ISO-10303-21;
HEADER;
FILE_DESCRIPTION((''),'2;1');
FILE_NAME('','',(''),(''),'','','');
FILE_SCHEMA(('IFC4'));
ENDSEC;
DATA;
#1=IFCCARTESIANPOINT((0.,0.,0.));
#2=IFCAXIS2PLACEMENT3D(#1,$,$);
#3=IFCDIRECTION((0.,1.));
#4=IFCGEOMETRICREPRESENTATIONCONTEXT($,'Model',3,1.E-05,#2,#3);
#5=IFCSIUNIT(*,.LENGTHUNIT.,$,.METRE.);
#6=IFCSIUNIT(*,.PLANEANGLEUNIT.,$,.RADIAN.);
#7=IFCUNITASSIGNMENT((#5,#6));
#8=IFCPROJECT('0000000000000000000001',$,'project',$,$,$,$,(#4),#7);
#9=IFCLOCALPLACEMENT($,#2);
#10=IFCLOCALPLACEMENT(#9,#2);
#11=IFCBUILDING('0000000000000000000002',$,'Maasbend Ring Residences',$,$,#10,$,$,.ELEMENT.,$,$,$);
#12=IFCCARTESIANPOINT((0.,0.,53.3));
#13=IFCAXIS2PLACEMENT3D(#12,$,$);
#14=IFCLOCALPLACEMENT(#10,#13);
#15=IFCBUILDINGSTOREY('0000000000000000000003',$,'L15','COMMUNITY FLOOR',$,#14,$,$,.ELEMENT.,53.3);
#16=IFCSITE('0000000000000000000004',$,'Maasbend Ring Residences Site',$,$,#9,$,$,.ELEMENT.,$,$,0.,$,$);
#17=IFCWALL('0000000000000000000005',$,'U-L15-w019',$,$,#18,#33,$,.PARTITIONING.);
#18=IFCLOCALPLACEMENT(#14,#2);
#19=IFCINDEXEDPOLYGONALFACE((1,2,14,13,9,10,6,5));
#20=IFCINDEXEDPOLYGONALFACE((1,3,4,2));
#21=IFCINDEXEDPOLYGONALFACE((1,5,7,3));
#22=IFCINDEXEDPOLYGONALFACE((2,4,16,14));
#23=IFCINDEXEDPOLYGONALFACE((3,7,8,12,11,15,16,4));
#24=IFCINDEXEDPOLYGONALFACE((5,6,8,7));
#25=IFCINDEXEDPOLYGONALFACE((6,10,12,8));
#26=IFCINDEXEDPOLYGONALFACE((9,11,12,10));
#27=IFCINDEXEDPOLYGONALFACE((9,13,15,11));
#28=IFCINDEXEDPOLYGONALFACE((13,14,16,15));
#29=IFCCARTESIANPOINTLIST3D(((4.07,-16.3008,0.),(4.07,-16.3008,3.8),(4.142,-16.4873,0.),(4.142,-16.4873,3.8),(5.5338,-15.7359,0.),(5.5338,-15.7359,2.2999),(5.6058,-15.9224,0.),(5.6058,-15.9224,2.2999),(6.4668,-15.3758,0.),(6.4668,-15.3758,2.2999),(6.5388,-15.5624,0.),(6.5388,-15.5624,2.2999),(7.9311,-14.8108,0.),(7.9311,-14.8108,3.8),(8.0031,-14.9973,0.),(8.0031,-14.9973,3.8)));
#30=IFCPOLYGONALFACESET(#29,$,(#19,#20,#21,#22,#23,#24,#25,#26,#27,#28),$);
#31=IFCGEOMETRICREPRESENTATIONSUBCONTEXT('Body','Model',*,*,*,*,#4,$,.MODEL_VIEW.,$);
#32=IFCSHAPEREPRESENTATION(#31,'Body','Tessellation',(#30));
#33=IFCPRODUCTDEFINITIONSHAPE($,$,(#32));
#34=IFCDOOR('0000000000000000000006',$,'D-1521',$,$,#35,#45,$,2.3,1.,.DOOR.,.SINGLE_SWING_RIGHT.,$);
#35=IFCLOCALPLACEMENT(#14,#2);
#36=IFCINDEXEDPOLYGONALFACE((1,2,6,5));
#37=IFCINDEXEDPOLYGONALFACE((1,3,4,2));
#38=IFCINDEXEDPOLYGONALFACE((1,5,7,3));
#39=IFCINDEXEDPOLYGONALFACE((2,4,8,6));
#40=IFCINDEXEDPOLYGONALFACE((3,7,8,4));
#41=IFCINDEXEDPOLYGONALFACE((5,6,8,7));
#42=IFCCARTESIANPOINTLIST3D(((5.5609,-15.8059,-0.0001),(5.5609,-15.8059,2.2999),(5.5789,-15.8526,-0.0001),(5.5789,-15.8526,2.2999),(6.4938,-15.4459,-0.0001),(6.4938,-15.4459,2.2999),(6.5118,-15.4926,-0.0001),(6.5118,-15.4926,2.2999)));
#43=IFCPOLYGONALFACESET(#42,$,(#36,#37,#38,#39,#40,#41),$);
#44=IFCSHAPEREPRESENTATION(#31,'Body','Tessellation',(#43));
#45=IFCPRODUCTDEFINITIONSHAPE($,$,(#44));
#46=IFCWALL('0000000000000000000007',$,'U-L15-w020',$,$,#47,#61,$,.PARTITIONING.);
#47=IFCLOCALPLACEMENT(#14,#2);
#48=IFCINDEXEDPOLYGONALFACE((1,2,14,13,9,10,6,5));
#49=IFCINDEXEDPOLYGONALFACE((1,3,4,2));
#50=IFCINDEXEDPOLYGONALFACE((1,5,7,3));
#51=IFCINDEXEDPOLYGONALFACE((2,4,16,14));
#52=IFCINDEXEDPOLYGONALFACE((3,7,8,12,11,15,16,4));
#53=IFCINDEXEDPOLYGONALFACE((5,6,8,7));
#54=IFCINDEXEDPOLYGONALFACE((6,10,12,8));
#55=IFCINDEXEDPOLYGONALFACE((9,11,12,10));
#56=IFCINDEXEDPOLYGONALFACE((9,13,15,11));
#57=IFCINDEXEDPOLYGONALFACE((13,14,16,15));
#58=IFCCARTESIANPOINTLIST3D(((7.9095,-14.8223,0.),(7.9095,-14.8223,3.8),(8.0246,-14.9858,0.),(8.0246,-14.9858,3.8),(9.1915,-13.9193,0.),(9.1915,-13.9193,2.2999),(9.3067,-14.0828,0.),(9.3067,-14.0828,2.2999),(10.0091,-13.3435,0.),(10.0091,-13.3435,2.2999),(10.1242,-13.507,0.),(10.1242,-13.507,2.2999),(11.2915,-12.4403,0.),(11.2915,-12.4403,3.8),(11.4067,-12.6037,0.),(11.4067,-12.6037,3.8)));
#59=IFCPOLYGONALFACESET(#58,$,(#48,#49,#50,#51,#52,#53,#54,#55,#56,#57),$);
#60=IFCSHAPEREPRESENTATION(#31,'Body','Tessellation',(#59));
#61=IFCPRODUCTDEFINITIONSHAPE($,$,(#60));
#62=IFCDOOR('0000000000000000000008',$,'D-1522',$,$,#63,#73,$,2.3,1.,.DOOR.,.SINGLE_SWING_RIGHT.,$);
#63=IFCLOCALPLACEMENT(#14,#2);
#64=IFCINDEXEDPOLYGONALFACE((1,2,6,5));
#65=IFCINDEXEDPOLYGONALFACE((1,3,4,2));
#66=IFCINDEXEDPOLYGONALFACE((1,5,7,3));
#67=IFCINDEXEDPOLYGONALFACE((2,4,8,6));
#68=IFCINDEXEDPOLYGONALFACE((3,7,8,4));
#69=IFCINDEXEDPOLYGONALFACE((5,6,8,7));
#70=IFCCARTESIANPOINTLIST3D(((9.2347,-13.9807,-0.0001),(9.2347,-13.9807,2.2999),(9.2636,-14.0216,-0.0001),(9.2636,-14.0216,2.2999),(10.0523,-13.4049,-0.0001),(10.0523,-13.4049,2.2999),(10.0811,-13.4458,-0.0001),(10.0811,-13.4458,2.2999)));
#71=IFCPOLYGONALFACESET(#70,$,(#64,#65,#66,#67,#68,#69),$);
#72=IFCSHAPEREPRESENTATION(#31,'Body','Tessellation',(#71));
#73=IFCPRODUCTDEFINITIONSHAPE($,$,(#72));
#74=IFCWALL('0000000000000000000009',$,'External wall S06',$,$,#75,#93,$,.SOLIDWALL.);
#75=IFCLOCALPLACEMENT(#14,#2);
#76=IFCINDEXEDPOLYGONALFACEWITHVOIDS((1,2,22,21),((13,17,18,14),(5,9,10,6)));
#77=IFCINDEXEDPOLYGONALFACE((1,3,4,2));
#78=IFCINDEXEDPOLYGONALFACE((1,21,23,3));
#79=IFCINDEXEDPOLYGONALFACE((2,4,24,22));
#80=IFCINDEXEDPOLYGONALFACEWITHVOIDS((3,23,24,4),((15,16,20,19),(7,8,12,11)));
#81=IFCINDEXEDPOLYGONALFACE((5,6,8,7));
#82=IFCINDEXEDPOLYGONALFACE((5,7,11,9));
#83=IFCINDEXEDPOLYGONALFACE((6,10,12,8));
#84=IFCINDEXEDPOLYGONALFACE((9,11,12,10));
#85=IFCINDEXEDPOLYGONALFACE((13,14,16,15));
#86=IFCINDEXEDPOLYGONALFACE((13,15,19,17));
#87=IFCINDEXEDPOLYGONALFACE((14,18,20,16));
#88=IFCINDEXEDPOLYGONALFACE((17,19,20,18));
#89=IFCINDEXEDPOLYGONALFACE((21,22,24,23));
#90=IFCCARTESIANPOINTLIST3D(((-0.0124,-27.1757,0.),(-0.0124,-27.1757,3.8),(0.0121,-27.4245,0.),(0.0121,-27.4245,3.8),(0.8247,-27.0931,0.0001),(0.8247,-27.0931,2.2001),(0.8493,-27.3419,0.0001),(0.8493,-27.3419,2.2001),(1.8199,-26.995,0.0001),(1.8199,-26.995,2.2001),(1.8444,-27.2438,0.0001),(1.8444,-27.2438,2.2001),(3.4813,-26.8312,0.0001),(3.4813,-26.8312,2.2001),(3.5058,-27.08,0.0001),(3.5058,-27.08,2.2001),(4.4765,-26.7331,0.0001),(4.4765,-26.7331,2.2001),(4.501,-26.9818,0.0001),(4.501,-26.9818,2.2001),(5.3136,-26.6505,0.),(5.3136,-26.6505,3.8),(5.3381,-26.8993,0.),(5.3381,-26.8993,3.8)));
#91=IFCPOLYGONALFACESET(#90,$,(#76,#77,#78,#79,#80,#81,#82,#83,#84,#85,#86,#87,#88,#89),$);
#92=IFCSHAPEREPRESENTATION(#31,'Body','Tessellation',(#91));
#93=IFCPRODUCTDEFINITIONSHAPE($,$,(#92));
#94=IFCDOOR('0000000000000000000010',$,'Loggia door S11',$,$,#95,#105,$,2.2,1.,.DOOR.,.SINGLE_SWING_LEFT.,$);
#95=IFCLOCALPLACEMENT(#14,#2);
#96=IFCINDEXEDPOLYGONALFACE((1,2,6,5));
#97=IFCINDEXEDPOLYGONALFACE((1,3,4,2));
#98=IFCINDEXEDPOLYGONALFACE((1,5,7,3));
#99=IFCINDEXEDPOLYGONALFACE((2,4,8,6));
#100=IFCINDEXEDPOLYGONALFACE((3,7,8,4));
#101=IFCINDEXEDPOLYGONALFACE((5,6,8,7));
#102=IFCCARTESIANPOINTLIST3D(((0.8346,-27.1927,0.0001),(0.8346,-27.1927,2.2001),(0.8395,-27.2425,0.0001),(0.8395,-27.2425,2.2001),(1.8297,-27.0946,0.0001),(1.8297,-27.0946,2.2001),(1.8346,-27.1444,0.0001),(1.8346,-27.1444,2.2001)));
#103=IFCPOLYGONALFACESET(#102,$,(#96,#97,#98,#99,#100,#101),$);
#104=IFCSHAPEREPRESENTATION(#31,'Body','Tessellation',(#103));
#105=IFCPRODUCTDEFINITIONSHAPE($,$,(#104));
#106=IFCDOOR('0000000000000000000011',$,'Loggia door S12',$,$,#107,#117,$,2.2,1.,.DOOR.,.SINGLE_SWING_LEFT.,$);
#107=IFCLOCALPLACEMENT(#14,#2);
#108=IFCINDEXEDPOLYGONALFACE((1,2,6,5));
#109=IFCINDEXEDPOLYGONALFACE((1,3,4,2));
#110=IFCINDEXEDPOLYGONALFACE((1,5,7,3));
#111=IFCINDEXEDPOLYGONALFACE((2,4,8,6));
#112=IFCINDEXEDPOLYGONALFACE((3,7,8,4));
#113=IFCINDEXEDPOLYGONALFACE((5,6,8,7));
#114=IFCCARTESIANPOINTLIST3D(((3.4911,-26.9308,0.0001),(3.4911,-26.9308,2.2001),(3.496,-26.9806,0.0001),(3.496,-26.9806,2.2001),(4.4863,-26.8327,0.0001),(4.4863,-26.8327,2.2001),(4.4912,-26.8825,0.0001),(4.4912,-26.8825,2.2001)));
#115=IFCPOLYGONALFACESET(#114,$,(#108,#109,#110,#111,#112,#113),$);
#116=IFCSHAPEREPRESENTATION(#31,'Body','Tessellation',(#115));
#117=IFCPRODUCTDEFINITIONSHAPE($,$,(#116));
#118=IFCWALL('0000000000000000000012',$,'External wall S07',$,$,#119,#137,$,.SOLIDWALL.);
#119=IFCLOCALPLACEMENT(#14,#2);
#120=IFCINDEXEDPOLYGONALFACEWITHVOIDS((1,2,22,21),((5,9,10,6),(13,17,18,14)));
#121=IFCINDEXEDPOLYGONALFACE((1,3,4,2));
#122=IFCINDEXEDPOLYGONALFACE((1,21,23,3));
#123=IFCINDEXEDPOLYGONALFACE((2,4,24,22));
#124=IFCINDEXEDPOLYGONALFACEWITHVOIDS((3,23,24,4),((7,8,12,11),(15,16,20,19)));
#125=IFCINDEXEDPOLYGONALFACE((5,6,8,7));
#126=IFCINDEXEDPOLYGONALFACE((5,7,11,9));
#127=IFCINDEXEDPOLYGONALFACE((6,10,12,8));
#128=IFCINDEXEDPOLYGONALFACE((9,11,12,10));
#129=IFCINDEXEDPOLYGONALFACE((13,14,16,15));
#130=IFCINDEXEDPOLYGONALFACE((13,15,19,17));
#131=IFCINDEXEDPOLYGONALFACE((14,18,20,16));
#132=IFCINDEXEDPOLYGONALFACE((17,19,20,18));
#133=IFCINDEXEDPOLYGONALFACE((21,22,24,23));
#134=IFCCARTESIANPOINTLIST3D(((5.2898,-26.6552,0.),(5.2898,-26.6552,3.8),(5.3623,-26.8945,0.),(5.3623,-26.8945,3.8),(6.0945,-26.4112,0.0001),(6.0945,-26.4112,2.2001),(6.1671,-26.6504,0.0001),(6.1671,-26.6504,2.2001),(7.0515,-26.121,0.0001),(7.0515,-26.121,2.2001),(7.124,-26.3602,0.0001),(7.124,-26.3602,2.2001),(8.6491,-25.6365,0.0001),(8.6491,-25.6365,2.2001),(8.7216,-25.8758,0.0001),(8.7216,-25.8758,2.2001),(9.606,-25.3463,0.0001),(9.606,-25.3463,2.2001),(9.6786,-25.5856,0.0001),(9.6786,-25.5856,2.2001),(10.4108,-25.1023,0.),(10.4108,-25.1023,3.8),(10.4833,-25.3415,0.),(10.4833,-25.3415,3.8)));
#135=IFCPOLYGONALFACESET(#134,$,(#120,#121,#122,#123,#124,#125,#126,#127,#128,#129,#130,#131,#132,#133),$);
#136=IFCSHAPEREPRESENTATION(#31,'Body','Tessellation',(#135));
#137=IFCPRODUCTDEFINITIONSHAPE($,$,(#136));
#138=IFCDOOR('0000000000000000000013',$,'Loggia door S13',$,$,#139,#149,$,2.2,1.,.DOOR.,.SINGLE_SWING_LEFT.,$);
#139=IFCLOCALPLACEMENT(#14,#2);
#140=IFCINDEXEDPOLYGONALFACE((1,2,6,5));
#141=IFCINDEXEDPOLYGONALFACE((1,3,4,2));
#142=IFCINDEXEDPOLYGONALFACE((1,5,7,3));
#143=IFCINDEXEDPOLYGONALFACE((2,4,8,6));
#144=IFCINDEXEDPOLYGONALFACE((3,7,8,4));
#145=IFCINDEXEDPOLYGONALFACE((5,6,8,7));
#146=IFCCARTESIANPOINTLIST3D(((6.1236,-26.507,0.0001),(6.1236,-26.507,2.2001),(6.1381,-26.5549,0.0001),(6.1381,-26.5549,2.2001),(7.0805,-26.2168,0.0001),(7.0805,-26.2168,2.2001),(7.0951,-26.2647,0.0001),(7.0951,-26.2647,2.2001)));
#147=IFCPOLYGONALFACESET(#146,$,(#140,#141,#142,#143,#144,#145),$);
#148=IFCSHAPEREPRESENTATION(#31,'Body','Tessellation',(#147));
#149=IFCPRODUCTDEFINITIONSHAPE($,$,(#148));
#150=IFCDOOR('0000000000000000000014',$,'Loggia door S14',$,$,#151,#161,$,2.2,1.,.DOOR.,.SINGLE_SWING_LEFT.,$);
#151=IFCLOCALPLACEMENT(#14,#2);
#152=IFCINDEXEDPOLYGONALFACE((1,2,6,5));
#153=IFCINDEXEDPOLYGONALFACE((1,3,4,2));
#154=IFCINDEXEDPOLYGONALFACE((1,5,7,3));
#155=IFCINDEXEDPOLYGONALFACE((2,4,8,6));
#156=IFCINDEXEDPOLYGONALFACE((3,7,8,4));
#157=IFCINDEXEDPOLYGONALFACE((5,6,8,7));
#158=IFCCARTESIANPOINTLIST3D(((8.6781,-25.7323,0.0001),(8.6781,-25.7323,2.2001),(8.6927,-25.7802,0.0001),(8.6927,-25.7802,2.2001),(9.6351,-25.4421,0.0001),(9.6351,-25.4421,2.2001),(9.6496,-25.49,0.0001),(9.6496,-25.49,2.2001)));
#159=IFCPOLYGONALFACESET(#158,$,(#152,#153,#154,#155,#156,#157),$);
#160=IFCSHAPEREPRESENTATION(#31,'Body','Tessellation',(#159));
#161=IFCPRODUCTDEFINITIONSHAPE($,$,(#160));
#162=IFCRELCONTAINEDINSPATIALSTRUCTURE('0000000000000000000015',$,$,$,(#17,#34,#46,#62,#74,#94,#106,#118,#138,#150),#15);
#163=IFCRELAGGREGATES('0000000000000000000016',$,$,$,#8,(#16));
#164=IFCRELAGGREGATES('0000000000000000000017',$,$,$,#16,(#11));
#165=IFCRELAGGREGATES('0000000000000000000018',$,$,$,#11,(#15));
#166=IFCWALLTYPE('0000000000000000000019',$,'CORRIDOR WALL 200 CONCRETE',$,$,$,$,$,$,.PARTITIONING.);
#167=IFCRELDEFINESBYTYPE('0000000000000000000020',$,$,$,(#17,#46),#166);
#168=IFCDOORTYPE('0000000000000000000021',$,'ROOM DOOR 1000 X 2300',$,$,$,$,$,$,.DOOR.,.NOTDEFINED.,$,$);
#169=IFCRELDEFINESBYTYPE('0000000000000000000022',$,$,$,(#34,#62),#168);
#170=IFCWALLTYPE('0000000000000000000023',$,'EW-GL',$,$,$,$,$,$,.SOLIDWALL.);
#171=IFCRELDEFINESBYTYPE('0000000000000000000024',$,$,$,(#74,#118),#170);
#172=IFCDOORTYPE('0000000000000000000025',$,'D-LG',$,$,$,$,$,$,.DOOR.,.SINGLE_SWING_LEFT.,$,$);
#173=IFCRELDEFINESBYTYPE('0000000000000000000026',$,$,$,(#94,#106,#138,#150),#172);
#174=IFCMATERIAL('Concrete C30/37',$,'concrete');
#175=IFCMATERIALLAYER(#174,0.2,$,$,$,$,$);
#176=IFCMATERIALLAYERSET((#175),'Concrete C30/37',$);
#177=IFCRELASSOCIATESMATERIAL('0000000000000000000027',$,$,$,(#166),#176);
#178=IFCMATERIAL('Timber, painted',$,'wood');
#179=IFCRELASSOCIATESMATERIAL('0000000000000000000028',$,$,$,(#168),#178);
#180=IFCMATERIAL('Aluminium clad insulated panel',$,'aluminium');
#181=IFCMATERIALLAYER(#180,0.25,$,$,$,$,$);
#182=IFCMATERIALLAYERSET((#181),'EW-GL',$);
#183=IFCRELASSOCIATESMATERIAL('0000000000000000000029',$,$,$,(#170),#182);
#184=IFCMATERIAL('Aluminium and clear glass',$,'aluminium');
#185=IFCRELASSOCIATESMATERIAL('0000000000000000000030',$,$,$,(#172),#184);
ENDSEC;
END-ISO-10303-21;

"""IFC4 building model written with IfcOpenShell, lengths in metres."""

from ifc_helpers import new_model, si_unit, direction, frame, frame_2d, origin, place, context, subcontext, project, spatial, rectangle, extrude, material, layer, layer_set, type_object, element, fill, save


model = new_model("IFC4")

# Units and contexts
model_context = context("Model", 3, precision=1e-05, world=origin(), true_north=direction((0.0, 1.0)))
body_context = subcontext(model_context, "Body", "Model", "MODEL_VIEW")
ifc_project = project(units=[si_unit("LENGTHUNIT", "METRE"), si_unit("PLANEANGLEUNIT", "RADIAN")], contexts=[model_context])

# Site, building, storey
site_placement = place(None, origin())
site = spatial("IfcSite", under=ifc_project, at=site_placement, Name="Maasbend Ring Residences Site", CompositionType="ELEMENT", RefElevation=0.0)
building_placement = place(site_placement, origin())
building = spatial("IfcBuilding", under=site, at=building_placement, Name="Maasbend Ring Residences", CompositionType="ELEMENT")
storey_placement = place(building_placement, frame((0.0, 0.0, 53.3)))
storey = spatial("IfcBuildingStorey", under=building, at=storey_placement, Name="L15", Description="COMMUNITY FLOOR", CompositionType="ELEMENT", Elevation=53.3)

# Shared definitions
ifc_material_1 = material(Name="Concrete C30/37", Category="concrete")
ifc_layer_1 = layer(ifc_material_1, 0.2)
ifc_layer_set_1 = layer_set([ifc_layer_1], Name="Concrete C30/37")
wall_type_1 = type_object("IfcWallType", Name="CORRIDOR WALL 200 CONCRETE", PredefinedType="PARTITIONING", material=ifc_layer_set_1)

# Walls, openings, doors
wall_1_placement = place(storey_placement, frame((4.106, -16.394, 0.0), z_axis=(0.0, 0.0, 1.0), x_axis=(0.932944, 0.360022, 0.0)))
wall_1 = element("IfcWall", 1, at=wall_1_placement, inside=storey, type_object=wall_type_1, Name="U-L15-w019", PredefinedType="PARTITIONING", context=body_context, shape_type="SweptSolid", body=[
    extrude(rectangle(XDim=4.1387, YDim=0.2, at=frame_2d((2.0693, 0.0))), origin(), (0.0, 0.0, 1.0), 3.8),
])
opening_1_placement = place(wall_1_placement, frame((1.5691, 0.0, 0.0)))
opening_1 = element("IfcOpeningElement", 2, at=opening_1_placement, cuts=wall_1, PredefinedType="OPENING", context=body_context, shape_type="SweptSolid", body=[
    extrude(rectangle(XDim=1.0, YDim=2.3, at=frame_2d((0.5, 1.1499))), frame((0.0, 0.1099, 0.0), z_axis=(0.0, -1.0, 0.0), x_axis=(1.0, 0.0, 0.0)), (0.0, 0.0, 1.0), 0.22),
])
ifc_material_2 = material(Name="Timber, painted", Category="wood")
door_type_1 = type_object("IfcDoorType", Name="ROOM DOOR 1000 X 2300", OperationType="NOTDEFINED", PredefinedType="DOOR", material=ifc_material_2)
door_1_placement = place(opening_1_placement, origin())
door_1 = element("IfcDoor", 3, at=door_1_placement, inside=storey, type_object=door_type_1, Name="D-1521", OperationType="SINGLE_SWING_RIGHT", OverallHeight=2.3, OverallWidth=1.0, PredefinedType="DOOR", context=body_context, shape_type="SweptSolid", body=[
    extrude(rectangle(XDim=1.0, YDim=2.3, at=frame_2d((0.5, 1.1499))), frame((0.0, 0.0249, 0.0), z_axis=(0.0, -1.0, 0.0), x_axis=(1.0, 0.0, 0.0)), (0.0, 0.0, 1.0), 0.05),
])
fill(opening_1, door_1)
wall_2_placement = place(storey_placement, frame((7.967, -14.9041, 0.0), z_axis=(0.0, 0.0, 1.0), x_axis=(0.817568, 0.575833, 0.0)))
wall_2 = element("IfcWall", 4, at=wall_2_placement, inside=storey, type_object=wall_type_1, Name="U-L15-w020", PredefinedType="PARTITIONING", context=body_context, shape_type="SweptSolid", body=[
    extrude(rectangle(XDim=4.1367, YDim=0.2, at=frame_2d((2.0684, 0.0))), origin(), (0.0, 0.0, 1.0), 3.8),
])
opening_2_placement = place(wall_2_placement, frame((1.5681, 0.0, 0.0)))
opening_2 = element("IfcOpeningElement", 5, at=opening_2_placement, cuts=wall_2, PredefinedType="OPENING", context=body_context, shape_type="SweptSolid", body=[
    extrude(rectangle(XDim=1.0, YDim=2.3, at=frame_2d((0.5, 1.1499))), frame((0.0, 0.1099, 0.0), z_axis=(0.0, -1.0, 0.0), x_axis=(1.0, 0.0, 0.0)), (0.0, 0.0, 1.0), 0.22),
])
door_2_placement = place(opening_2_placement, origin())
door_2 = element("IfcDoor", 6, at=door_2_placement, inside=storey, type_object=door_type_1, Name="D-1522", OperationType="SINGLE_SWING_RIGHT", OverallHeight=2.3, OverallWidth=1.0, PredefinedType="DOOR", context=body_context, shape_type="SweptSolid", body=[
    extrude(rectangle(XDim=1.0, YDim=2.3, at=frame_2d((0.5, 1.1499))), frame((0.0, 0.0249, 0.0), z_axis=(0.0, -1.0, 0.0), x_axis=(1.0, 0.0, 0.0)), (0.0, 0.0, 1.0), 0.05),
])
fill(opening_2, door_2)

# Walls, openings, doors
ifc_material_3 = material(Name="Aluminium clad insulated panel", Category="aluminium")
ifc_layer_2 = layer(ifc_material_3, 0.25)
ifc_layer_set_2 = layer_set([ifc_layer_2], Name="EW-GL")
wall_type_2 = type_object("IfcWallType", Name="EW-GL", PredefinedType="SOLIDWALL", material=ifc_layer_set_2)
wall_3_placement = place(storey_placement, frame((0.0, -27.3, 0.0), z_axis=(0.0, 0.0, 1.0), x_axis=(0.995174, 0.098126, 0.0)))
wall_3 = element("IfcWall", 7, at=wall_3_placement, inside=storey, type_object=wall_type_2, Name="External wall S06", PredefinedType="SOLIDWALL", context=body_context, shape_type="SweptSolid", body=[
    extrude(rectangle(XDim=5.3518, YDim=0.25, at=frame_2d((2.6758, 0.0))), origin(), (0.0, 0.0, 1.0), 3.8),
])
opening_3_placement = place(wall_3_placement, frame((0.8411, 0.0, 0.0)))
opening_3 = element("IfcOpeningElement", 8, at=opening_3_placement, cuts=wall_3, PredefinedType="OPENING", context=body_context, shape_type="SweptSolid", body=[
    extrude(rectangle(XDim=1.0, YDim=2.2, at=frame_2d((0.5, 1.1001))), frame((0.0, 0.135, 0.0), z_axis=(0.0, -1.0, 0.0), x_axis=(1.0, 0.0, 0.0)), (0.0, 0.0, 1.0), 0.27),
])
opening_4_placement = place(wall_3_placement, frame((3.5105, 0.0, 0.0)))
opening_4 = element("IfcOpeningElement", 9, at=opening_4_placement, cuts=wall_3, PredefinedType="OPENING", context=body_context, shape_type="SweptSolid", body=[
    extrude(rectangle(XDim=1.0, YDim=2.2, at=frame_2d((0.5, 1.1001))), frame((0.0, 0.135, 0.0), z_axis=(0.0, -1.0, 0.0), x_axis=(1.0, 0.0, 0.0)), (0.0, 0.0, 1.0), 0.27),
])
ifc_material_4 = material(Name="Aluminium and clear glass", Category="aluminium")
door_type_2 = type_object("IfcDoorType", Name="D-LG", OperationType="SINGLE_SWING_LEFT", PredefinedType="DOOR", material=ifc_material_4)
door_3_placement = place(opening_3_placement, origin())
door_3 = element("IfcDoor", 10, at=door_3_placement, inside=storey, type_object=door_type_2, Name="Loggia door S11", OperationType="SINGLE_SWING_LEFT", OverallHeight=2.2, OverallWidth=1.0, PredefinedType="DOOR", context=body_context, shape_type="SweptSolid", body=[
    extrude(rectangle(XDim=1.0, YDim=2.2, at=frame_2d((0.5, 1.1001))), frame((0.0, 0.0249, 0.0), z_axis=(0.0, -1.0, 0.0), x_axis=(1.0, 0.0, 0.0)), (0.0, 0.0, 1.0), 0.05),
])
fill(opening_3, door_3)
door_4_placement = place(opening_4_placement, origin())
door_4 = element("IfcDoor", 11, at=door_4_placement, inside=storey, type_object=door_type_2, Name="Loggia door S12", OperationType="SINGLE_SWING_LEFT", OverallHeight=2.2, OverallWidth=1.0, PredefinedType="DOOR", context=body_context, shape_type="SweptSolid", body=[
    extrude(rectangle(XDim=1.0, YDim=2.2, at=frame_2d((0.5, 1.1001))), frame((0.0, 0.0249, 0.0), z_axis=(0.0, -1.0, 0.0), x_axis=(1.0, 0.0, 0.0)), (0.0, 0.0, 1.0), 0.05),
])
fill(opening_4, door_4)
wall_4_placement = place(storey_placement, frame((5.3259, -26.7749, 0.0), z_axis=(0.0, 0.0, 1.0), x_axis=(0.956966, 0.290201, 0.0)))
wall_4 = element("IfcWall", 12, at=wall_4_placement, inside=storey, type_object=wall_type_2, Name="External wall S07", PredefinedType="SOLIDWALL", context=body_context, shape_type="SweptSolid", body=[
    extrude(rectangle(XDim=5.3513, YDim=0.25, at=frame_2d((2.6758, 0.0))), origin(), (0.0, 0.0, 1.0), 3.8),
])
opening_5_placement = place(wall_4_placement, frame((0.8411, 0.0, 0.0)))
opening_5 = element("IfcOpeningElement", 13, at=opening_5_placement, cuts=wall_4, PredefinedType="OPENING", context=body_context, shape_type="SweptSolid", body=[
    extrude(rectangle(XDim=1.0, YDim=2.2, at=frame_2d((0.5, 1.1001))), frame((0.0, 0.135, 0.0), z_axis=(0.0, -1.0, 0.0), x_axis=(1.0, 0.0, 0.0)), (0.0, 0.0, 1.0), 0.27),
])
opening_6_placement = place(wall_4_placement, frame((3.5105, 0.0, 0.0)))
opening_6 = element("IfcOpeningElement", 14, at=opening_6_placement, cuts=wall_4, PredefinedType="OPENING", context=body_context, shape_type="SweptSolid", body=[
    extrude(rectangle(XDim=1.0, YDim=2.2, at=frame_2d((0.5, 1.1001))), frame((0.0, 0.135, 0.0), z_axis=(0.0, -1.0, 0.0), x_axis=(1.0, 0.0, 0.0)), (0.0, 0.0, 1.0), 0.27),
])
door_5_placement = place(opening_5_placement, origin())
door_5 = element("IfcDoor", 15, at=door_5_placement, inside=storey, type_object=door_type_2, Name="Loggia door S13", OperationType="SINGLE_SWING_LEFT", OverallHeight=2.2, OverallWidth=1.0, PredefinedType="DOOR", context=body_context, shape_type="SweptSolid", body=[
    extrude(rectangle(XDim=1.0, YDim=2.2, at=frame_2d((0.5, 1.1001))), frame((0.0, 0.0249, 0.0), z_axis=(0.0, -1.0, 0.0), x_axis=(1.0, 0.0, 0.0)), (0.0, 0.0, 1.0), 0.05),
])
fill(opening_5, door_5)
door_6_placement = place(opening_6_placement, origin())
door_6 = element("IfcDoor", 16, at=door_6_placement, inside=storey, type_object=door_type_2, Name="Loggia door S14", OperationType="SINGLE_SWING_LEFT", OverallHeight=2.2, OverallWidth=1.0, PredefinedType="DOOR", context=body_context, shape_type="SweptSolid", body=[
    extrude(rectangle(XDim=1.0, YDim=2.2, at=frame_2d((0.5, 1.1001))), frame((0.0, 0.0249, 0.0), z_axis=(0.0, -1.0, 0.0), x_axis=(1.0, 0.0, 0.0)), (0.0, 0.0, 1.0), 0.05),
])
fill(opening_6, door_6)

save(model, "model.ifc")
